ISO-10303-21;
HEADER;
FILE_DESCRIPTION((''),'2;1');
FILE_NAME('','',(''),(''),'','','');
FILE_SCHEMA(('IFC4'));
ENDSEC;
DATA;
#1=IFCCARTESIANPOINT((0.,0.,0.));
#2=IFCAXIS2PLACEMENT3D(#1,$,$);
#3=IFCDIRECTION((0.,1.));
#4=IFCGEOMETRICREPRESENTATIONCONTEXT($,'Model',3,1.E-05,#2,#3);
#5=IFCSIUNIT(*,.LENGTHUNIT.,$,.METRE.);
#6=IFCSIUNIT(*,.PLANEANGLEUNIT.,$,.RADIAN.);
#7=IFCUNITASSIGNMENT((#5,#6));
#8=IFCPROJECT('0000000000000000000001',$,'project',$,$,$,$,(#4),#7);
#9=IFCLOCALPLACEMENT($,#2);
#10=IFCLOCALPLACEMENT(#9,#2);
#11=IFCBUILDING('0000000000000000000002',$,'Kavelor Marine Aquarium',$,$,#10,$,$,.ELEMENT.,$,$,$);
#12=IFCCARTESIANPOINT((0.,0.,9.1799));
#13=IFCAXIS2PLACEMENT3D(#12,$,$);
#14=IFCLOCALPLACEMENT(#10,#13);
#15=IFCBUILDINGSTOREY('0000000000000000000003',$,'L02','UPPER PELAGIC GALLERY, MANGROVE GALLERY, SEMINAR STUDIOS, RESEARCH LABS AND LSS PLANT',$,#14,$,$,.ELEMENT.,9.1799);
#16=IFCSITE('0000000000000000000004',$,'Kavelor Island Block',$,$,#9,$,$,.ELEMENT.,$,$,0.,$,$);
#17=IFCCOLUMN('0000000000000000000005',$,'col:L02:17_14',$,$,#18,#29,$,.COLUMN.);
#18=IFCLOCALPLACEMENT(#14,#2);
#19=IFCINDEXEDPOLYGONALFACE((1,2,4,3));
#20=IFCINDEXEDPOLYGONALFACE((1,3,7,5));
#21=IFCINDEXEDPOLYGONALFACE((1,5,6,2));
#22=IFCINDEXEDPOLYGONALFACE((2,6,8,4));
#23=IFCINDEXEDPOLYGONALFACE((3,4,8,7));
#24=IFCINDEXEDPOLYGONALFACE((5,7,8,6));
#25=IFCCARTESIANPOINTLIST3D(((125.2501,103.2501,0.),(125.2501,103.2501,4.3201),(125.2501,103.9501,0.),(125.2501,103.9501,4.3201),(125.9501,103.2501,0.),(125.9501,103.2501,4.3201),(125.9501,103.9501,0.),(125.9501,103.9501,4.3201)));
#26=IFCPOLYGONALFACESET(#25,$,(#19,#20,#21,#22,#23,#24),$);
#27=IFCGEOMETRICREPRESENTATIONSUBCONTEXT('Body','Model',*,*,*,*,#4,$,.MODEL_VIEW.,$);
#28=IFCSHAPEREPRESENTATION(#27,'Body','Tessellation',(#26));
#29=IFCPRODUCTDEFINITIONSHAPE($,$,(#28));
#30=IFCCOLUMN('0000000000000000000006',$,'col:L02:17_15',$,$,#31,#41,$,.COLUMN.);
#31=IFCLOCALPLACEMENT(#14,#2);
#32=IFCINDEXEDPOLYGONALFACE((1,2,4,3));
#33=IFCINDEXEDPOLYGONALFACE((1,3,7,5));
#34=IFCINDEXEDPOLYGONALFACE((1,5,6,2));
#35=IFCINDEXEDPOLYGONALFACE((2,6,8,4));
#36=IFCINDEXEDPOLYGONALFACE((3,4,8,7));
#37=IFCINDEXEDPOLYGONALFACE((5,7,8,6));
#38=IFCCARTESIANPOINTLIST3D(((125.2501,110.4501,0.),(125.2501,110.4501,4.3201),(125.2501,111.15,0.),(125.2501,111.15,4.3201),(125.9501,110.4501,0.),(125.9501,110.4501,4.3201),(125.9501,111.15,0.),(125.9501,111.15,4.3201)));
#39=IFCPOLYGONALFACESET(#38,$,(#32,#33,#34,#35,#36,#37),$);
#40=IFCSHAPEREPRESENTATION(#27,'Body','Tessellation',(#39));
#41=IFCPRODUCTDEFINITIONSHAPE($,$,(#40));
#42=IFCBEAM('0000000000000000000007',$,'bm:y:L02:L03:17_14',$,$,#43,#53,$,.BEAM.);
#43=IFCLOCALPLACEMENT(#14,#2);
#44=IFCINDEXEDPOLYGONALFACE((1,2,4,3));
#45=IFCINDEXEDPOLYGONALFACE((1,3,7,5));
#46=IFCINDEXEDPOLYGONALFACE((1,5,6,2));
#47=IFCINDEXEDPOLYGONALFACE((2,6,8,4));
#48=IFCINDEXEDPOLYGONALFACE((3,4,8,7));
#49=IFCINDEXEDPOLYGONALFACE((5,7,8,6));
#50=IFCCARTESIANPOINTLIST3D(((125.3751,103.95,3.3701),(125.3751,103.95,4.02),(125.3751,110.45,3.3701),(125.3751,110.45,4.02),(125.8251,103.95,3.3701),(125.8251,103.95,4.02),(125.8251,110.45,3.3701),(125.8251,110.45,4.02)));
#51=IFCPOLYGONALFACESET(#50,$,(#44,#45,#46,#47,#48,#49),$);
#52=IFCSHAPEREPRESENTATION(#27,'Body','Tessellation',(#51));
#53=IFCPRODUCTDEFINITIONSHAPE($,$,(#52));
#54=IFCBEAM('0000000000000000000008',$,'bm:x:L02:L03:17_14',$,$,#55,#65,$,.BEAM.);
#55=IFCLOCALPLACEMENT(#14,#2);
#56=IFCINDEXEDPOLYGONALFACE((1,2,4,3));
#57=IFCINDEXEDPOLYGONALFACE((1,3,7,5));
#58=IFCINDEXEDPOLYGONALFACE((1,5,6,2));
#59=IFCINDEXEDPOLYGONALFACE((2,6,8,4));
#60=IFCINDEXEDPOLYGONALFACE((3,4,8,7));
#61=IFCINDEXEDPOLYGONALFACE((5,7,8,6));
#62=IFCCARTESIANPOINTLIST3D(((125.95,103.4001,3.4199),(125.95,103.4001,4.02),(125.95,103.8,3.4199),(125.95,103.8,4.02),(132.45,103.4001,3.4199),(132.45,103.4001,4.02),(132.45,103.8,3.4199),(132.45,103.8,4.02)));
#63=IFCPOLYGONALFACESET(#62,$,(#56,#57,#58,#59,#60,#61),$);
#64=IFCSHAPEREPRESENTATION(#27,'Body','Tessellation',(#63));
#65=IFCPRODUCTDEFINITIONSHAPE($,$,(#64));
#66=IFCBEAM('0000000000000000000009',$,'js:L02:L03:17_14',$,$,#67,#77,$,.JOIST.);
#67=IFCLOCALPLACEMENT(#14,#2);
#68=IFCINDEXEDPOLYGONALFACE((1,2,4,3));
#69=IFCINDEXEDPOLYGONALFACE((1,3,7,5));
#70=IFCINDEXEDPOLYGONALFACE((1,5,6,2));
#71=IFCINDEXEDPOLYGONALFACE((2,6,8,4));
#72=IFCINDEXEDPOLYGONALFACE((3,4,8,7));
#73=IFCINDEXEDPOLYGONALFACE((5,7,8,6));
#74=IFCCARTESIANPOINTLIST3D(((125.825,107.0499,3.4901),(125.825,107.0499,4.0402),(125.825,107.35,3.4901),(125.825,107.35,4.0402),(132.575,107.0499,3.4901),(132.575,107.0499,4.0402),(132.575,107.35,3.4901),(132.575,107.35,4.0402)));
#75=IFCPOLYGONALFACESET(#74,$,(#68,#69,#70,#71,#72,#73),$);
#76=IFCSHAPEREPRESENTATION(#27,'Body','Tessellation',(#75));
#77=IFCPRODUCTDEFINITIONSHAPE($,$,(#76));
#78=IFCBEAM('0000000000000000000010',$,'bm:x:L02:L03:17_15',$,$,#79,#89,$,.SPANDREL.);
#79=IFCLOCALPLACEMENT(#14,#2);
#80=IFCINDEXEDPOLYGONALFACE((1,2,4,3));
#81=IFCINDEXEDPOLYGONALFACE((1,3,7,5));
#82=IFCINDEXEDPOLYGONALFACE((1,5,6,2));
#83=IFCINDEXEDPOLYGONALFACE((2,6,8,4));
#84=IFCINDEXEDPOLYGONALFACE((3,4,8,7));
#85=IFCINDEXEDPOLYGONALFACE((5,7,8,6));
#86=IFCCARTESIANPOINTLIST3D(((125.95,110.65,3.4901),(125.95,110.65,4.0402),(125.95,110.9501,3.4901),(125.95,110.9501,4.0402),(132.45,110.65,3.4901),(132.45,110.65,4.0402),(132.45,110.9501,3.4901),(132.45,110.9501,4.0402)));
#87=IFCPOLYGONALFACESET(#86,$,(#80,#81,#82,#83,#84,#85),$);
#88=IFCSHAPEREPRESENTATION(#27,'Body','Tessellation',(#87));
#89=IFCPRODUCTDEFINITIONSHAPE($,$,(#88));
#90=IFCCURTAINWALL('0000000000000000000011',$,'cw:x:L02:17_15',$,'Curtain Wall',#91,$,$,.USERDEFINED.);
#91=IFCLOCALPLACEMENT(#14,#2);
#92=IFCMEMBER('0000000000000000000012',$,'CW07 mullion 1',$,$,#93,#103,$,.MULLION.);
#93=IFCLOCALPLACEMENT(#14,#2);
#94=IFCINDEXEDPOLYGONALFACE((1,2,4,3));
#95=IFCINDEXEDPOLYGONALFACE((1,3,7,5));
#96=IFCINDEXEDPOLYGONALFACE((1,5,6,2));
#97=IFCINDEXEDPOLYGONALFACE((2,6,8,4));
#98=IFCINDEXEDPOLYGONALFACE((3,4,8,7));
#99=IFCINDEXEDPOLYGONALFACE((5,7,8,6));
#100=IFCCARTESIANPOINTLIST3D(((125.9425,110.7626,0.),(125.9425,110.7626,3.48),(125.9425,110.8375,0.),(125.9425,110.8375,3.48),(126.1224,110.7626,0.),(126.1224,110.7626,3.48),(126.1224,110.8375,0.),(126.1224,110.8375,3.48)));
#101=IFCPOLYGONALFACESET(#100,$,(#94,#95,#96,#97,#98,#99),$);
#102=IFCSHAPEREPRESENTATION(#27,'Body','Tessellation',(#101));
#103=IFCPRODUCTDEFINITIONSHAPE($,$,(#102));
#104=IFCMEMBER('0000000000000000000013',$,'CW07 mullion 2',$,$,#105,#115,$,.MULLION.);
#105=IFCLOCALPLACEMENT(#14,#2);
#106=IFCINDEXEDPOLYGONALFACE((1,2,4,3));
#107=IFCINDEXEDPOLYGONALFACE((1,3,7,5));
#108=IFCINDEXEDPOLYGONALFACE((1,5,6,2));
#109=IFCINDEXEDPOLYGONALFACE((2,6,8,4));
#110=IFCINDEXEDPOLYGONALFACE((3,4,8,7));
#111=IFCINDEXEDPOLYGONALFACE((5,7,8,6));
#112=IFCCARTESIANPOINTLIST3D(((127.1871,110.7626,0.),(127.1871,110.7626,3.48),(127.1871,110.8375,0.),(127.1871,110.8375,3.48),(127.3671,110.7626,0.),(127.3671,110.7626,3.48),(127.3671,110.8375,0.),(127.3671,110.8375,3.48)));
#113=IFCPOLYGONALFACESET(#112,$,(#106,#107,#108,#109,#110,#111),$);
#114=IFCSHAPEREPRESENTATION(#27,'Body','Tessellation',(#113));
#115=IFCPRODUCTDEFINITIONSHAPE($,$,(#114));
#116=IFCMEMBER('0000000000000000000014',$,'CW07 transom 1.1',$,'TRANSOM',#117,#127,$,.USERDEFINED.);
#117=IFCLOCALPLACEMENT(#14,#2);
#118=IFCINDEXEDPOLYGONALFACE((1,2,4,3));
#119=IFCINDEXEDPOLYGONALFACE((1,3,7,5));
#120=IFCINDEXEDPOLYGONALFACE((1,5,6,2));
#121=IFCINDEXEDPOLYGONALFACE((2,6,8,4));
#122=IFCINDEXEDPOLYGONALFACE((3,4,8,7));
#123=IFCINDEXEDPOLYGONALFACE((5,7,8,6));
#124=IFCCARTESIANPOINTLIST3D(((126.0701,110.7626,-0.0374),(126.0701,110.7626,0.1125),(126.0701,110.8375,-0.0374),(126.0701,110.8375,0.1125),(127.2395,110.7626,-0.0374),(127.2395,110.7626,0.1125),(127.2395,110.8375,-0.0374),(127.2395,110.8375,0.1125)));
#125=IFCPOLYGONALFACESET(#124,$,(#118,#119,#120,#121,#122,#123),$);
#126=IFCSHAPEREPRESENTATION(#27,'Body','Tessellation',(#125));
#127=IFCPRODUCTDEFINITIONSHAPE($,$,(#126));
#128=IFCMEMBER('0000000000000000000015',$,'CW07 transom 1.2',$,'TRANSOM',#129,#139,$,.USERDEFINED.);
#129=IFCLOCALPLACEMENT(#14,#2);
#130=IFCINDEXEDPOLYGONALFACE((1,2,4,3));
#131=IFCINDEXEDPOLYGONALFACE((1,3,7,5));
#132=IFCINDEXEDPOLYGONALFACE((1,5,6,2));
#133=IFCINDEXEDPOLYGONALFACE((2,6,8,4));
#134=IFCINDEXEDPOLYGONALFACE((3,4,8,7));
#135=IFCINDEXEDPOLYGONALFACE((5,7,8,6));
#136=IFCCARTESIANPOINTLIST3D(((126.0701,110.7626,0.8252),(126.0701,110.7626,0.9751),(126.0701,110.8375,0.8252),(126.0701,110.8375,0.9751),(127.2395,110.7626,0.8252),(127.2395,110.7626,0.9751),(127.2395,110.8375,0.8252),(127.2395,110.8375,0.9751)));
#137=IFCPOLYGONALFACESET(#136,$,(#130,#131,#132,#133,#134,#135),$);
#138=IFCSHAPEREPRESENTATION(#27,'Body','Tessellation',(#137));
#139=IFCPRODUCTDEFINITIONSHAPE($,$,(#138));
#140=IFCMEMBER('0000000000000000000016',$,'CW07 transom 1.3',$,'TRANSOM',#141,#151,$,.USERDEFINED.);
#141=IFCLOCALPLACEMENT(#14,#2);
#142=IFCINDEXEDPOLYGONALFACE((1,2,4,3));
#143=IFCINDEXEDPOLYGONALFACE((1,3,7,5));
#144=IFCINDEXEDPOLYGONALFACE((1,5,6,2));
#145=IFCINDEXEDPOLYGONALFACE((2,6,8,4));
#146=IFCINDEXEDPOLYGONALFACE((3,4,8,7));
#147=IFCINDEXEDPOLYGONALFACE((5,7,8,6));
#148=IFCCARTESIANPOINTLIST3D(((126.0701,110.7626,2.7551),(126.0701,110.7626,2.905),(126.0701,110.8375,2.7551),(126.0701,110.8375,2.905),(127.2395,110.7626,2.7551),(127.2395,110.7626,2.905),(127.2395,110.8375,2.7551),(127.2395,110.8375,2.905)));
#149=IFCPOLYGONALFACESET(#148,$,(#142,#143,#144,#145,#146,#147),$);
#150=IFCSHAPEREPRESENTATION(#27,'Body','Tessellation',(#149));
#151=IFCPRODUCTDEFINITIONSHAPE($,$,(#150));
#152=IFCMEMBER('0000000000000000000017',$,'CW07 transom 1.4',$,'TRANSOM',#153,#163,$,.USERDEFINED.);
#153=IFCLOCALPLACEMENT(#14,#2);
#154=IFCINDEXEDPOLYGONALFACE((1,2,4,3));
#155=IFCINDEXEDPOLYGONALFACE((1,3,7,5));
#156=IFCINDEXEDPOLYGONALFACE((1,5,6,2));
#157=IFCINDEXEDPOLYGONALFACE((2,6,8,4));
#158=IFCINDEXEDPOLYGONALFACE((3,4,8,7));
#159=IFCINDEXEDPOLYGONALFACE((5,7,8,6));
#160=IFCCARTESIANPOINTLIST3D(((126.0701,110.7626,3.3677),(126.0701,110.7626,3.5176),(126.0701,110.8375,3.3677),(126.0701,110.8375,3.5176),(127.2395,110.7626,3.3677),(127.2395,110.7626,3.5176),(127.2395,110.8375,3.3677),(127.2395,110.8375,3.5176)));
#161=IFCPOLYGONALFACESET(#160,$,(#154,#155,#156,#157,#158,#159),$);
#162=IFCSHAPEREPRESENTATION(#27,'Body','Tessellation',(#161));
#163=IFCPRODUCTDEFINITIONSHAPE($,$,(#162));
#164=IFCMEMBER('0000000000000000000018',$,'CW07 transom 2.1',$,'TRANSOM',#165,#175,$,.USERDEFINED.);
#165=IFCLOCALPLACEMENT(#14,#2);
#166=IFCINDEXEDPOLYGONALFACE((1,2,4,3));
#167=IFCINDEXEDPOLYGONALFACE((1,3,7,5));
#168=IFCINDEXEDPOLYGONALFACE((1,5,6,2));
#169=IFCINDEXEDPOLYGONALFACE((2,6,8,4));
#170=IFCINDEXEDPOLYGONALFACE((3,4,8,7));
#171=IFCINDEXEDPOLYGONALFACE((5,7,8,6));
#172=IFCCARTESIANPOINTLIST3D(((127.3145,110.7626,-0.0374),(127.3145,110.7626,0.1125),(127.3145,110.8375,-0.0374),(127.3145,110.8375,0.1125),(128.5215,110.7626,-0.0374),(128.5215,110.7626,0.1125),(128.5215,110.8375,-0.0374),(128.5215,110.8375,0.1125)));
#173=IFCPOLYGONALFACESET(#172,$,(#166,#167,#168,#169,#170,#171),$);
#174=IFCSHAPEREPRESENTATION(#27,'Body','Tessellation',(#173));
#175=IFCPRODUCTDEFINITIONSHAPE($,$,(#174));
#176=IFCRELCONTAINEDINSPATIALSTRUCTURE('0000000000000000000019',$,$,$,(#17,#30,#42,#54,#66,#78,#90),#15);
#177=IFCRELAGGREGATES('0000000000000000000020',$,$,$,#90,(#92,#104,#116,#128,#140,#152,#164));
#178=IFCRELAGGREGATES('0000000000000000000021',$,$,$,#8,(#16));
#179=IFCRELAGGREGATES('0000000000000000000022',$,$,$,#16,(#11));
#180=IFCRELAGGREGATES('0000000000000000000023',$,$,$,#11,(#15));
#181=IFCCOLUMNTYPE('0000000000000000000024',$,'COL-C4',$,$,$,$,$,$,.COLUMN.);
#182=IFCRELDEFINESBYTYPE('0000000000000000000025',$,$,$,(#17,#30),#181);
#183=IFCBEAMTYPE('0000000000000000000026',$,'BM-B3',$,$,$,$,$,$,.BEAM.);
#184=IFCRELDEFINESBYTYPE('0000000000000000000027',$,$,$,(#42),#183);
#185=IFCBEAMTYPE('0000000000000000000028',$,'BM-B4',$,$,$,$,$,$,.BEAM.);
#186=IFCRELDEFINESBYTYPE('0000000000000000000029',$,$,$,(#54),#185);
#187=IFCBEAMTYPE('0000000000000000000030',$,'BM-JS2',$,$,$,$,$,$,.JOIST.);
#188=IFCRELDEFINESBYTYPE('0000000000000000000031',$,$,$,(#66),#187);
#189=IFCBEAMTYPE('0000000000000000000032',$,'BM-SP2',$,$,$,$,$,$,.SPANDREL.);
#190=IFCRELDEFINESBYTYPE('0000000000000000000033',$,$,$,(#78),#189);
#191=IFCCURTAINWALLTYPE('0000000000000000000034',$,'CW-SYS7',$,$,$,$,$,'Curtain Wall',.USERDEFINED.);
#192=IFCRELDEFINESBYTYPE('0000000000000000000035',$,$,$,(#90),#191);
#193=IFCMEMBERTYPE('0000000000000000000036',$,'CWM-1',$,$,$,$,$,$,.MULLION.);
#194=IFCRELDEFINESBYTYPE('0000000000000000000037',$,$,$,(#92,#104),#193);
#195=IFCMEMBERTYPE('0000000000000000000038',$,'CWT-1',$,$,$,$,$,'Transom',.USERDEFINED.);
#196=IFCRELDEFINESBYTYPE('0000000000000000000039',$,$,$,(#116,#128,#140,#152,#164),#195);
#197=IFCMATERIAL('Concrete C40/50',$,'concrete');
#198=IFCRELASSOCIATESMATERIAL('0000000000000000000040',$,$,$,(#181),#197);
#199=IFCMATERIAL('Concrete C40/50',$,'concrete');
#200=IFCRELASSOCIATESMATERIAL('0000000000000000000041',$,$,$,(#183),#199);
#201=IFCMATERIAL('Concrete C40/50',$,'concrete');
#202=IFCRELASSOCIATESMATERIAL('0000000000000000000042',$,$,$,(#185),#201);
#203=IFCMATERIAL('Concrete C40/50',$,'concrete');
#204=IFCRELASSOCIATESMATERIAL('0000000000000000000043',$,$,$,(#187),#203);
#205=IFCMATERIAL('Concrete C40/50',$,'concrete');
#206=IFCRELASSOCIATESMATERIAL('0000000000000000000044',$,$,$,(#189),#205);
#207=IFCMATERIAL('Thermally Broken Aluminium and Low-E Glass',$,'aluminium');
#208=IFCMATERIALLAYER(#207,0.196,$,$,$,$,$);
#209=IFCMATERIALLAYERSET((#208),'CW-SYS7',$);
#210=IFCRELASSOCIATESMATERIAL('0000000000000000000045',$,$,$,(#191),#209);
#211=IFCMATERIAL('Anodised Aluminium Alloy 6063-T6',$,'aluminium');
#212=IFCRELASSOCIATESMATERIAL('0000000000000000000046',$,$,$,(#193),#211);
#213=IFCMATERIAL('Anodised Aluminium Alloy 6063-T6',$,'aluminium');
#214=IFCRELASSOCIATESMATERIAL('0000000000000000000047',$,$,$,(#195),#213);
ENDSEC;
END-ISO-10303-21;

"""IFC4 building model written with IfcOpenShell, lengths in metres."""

from ifc_helpers import new_model, si_unit, direction, frame, origin, origin_2d, place, context, subcontext, project, spatial, rectangle, extrude, material, layer, layer_set, material_profile, profile_set, type_object, element, aggregate, save


model = new_model("IFC4")

# Units and contexts
model_context = context("Model", 3, precision=1e-05, world=origin(), true_north=direction((0.0, 1.0)))
body_context = subcontext(model_context, "Body", "Model", "MODEL_VIEW")
ifc_project = project(units=[si_unit("LENGTHUNIT", "METRE"), si_unit("PLANEANGLEUNIT", "RADIAN")], contexts=[model_context])

# Site, building, storey
site_placement = place(None, origin())
site = spatial("IfcSite", under=ifc_project, at=site_placement, Name="Kavelor Island Block", CompositionType="ELEMENT", RefElevation=0.0)
building_placement = place(site_placement, origin())
building = spatial("IfcBuilding", under=site, at=building_placement, Name="Kavelor Marine Aquarium", CompositionType="ELEMENT")
storey_placement = place(building_placement, frame((0.0, 0.0, 9.1799)))
storey = spatial("IfcBuildingStorey", under=building, at=storey_placement, Name="L02", Description="UPPER PELAGIC GALLERY, MANGROVE GALLERY, SEMINAR STUDIOS, RESEARCH LABS AND LSS PLANT", CompositionType="ELEMENT", Elevation=9.1799)

# Columns
ifc_material_1 = material(Name="Concrete C40/50", Category="concrete")
ifc_material_profile_1 = material_profile(ifc_material_1, rectangle(XDim=0.7, YDim=0.7, at=origin_2d()), Name="RC-COL 700x700")
ifc_profile_set_1 = profile_set([ifc_material_profile_1], Name="Concrete C40/50")
column_type = type_object("IfcColumnType", Name="COL-C4", PredefinedType="COLUMN", material=ifc_profile_set_1)
for number, where, z_axis, x_axis, name in (
    (1, (125.6001, 103.6001, 0.0), (0.0, 0.0, 1.0), (1.0, 0.0, 0.0), "col:L02:17_14"),
    (2, (125.6001, 110.8, 0.0), (0.0, 0.0, 1.0), (1.0, 0.0, 0.0), "col:L02:17_15"),
):
    element("IfcColumn", number, at=place(storey_placement, frame(where, z_axis=z_axis, x_axis=x_axis)), inside=storey, type_object=column_type, Name=name, PredefinedType="COLUMN", context=body_context, shape_type="SweptSolid", body=[
        extrude(rectangle(XDim=0.7, YDim=0.7, at=origin_2d()), origin(), (0.0, 0.0, 1.0), 4.3201),
    ])

# Beams
ifc_material_2 = material(Name="Concrete C40/50", Category="concrete")
ifc_material_profile_2 = material_profile(ifc_material_2, rectangle(XDim=0.45, YDim=0.6499, at=origin_2d()), Name="RC-BM 450x650")
ifc_profile_set_2 = profile_set([ifc_material_profile_2], Name="Concrete C40/50")
beam_type_1 = type_object("IfcBeamType", Name="BM-B3", PredefinedType="BEAM", material=ifc_profile_set_2)
beam_1_placement = place(storey_placement, frame((125.6001, 103.95, 3.6951), z_axis=(0.0, 1.0, 0.0), x_axis=(-1.0, 0.0, 0.0)))
element("IfcBeam", 3, at=beam_1_placement, inside=storey, type_object=beam_type_1, Name="bm:y:L02:L03:17_14", PredefinedType="BEAM", context=body_context, shape_type="SweptSolid", body=[
    extrude(rectangle(XDim=0.45, YDim=0.6499, at=origin_2d()), origin(), (0.0, 0.0, 1.0), 6.5),
])
ifc_material_3 = material(Name="Concrete C40/50", Category="concrete")
ifc_material_profile_3 = material_profile(ifc_material_3, rectangle(XDim=0.3999, YDim=0.6001, at=origin_2d()), Name="RC-BM 400x600")
ifc_profile_set_3 = profile_set([ifc_material_profile_3], Name="Concrete C40/50")
beam_type_2 = type_object("IfcBeamType", Name="BM-B4", PredefinedType="BEAM", material=ifc_profile_set_3)
beam_2_placement = place(storey_placement, frame((125.95, 103.6001, 3.72), z_axis=(1.0, 0.0, 0.0), x_axis=(0.0, 1.0, 0.0)))
element("IfcBeam", 4, at=beam_2_placement, inside=storey, type_object=beam_type_2, Name="bm:x:L02:L03:17_14", PredefinedType="BEAM", context=body_context, shape_type="SweptSolid", body=[
    extrude(rectangle(XDim=0.3999, YDim=0.6001, at=origin_2d()), origin(), (0.0, 0.0, 1.0), 6.5),
])
ifc_material_4 = material(Name="Concrete C40/50", Category="concrete")
ifc_material_profile_4 = material_profile(ifc_material_4, rectangle(XDim=0.3, YDim=0.55, at=origin_2d()), Name="RC-JS 300x550")
ifc_profile_set_4 = profile_set([ifc_material_profile_4], Name="Concrete C40/50")
beam_type_3 = type_object("IfcBeamType", Name="BM-JS2", PredefinedType="JOIST", material=ifc_profile_set_4)
beam_3_placement = place(storey_placement, frame((125.825, 107.2, 3.7651), z_axis=(1.0, 0.0, 0.0), x_axis=(0.0, 1.0, 0.0)))
element("IfcBeam", 5, at=beam_3_placement, inside=storey, type_object=beam_type_3, Name="js:L02:L03:17_14", PredefinedType="JOIST", context=body_context, shape_type="SweptSolid", body=[
    extrude(rectangle(XDim=0.3, YDim=0.55, at=origin_2d()), origin(), (0.0, 0.0, 1.0), 6.75),
])
ifc_material_5 = material(Name="Concrete C40/50", Category="concrete")
ifc_material_profile_5 = material_profile(ifc_material_5, rectangle(XDim=0.3, YDim=0.55, at=origin_2d()), Name="RC-SP 300x550")
ifc_profile_set_5 = profile_set([ifc_material_profile_5], Name="Concrete C40/50")
beam_type_4 = type_object("IfcBeamType", Name="BM-SP2", PredefinedType="SPANDREL", material=ifc_profile_set_5)
beam_4_placement = place(storey_placement, frame((125.95, 110.8, 3.7651), z_axis=(1.0, 0.0, 0.0), x_axis=(0.0, 1.0, 0.0)))
element("IfcBeam", 6, at=beam_4_placement, inside=storey, type_object=beam_type_4, Name="bm:x:L02:L03:17_15", PredefinedType="SPANDREL", context=body_context, shape_type="SweptSolid", body=[
    extrude(rectangle(XDim=0.3, YDim=0.55, at=origin_2d()), origin(), (0.0, 0.0, 1.0), 6.5),
])

# Curtain wall, members
ifc_material_6 = material(Name="Thermally Broken Aluminium and Low-E Glass", Category="aluminium")
ifc_layer_1 = layer(ifc_material_6, 0.196)
ifc_layer_set_1 = layer_set([ifc_layer_1], Name="CW-SYS7")
curtain_wall_type = type_object("IfcCurtainWallType", Name="CW-SYS7", ElementType="Curtain Wall", PredefinedType="USERDEFINED", material=ifc_layer_set_1)
curtain_wall_placement = place(storey_placement, origin())
curtain_wall = element("IfcCurtainWall", 7, at=curtain_wall_placement, inside=storey, type_object=curtain_wall_type, Name="cw:x:L02:17_15", ObjectType="Curtain Wall", PredefinedType="USERDEFINED")
ifc_material_7 = material(Name="Anodised Aluminium Alloy 6063-T6", Category="aluminium")
ifc_material_profile_6 = material_profile(ifc_material_7, rectangle(XDim=0.075, YDim=0.1799, at=origin_2d()), Name="CW-MUL 75x180")
ifc_profile_set_6 = profile_set([ifc_material_profile_6], Name="Anodised Aluminium Alloy 6063-T6")
member_type_1 = type_object("IfcMemberType", Name="CWM-1", PredefinedType="MULLION", material=ifc_profile_set_6)
member_1_placement = place(storey_placement, frame((126.0325, 110.8, 0.0), z_axis=(0.0, 0.0, 1.0), x_axis=(0.0, 1.0, 0.0)))
member_1 = element("IfcMember", 8, at=member_1_placement, type_object=member_type_1, Name="CW07 mullion 1", PredefinedType="MULLION", context=body_context, shape_type="SweptSolid", body=[
    extrude(rectangle(XDim=0.075, YDim=0.1799, at=origin_2d()), origin(), (0.0, 0.0, 1.0), 3.48),
])
member_2_placement = place(storey_placement, frame((127.2771, 110.8, 0.0), z_axis=(0.0, 0.0, 1.0), x_axis=(0.0, 1.0, 0.0)))
member_2 = element("IfcMember", 9, at=member_2_placement, type_object=member_type_1, Name="CW07 mullion 2", PredefinedType="MULLION", context=body_context, shape_type="SweptSolid", body=[
    extrude(rectangle(XDim=0.075, YDim=0.1799, at=origin_2d()), origin(), (0.0, 0.0, 1.0), 3.48),
])
ifc_material_8 = material(Name="Anodised Aluminium Alloy 6063-T6", Category="aluminium")
ifc_material_profile_7 = material_profile(ifc_material_8, rectangle(XDim=0.075, YDim=0.1499, at=origin_2d()), Name="CW-TRN 75x150")
ifc_profile_set_7 = profile_set([ifc_material_profile_7], Name="Anodised Aluminium Alloy 6063-T6")
member_type_2 = type_object("IfcMemberType", Name="CWT-1", ElementType="Transom", PredefinedType="USERDEFINED", material=ifc_profile_set_7)
member_3_placement = place(storey_placement, frame((126.0701, 110.8, 0.0376), z_axis=(1.0, 0.0, 0.0), x_axis=(0.0, 1.0, 0.0)))
member_3 = element("IfcMember", 10, at=member_3_placement, type_object=member_type_2, Name="CW07 transom 1.1", ObjectType="TRANSOM", PredefinedType="USERDEFINED", context=body_context, shape_type="SweptSolid", body=[
    extrude(rectangle(XDim=0.075, YDim=0.1499, at=origin_2d()), origin(), (0.0, 0.0, 1.0), 1.1694),
])
member_4_placement = place(storey_placement, frame((126.0701, 110.8, 0.9001), z_axis=(1.0, 0.0, 0.0), x_axis=(0.0, 1.0, 0.0)))
member_4 = element("IfcMember", 11, at=member_4_placement, type_object=member_type_2, Name="CW07 transom 1.2", ObjectType="TRANSOM", PredefinedType="USERDEFINED", context=body_context, shape_type="SweptSolid", body=[
    extrude(rectangle(XDim=0.075, YDim=0.1499, at=origin_2d()), origin(), (0.0, 0.0, 1.0), 1.1694),
])
member_5_placement = place(storey_placement, frame((126.0701, 110.8, 2.8301), z_axis=(1.0, 0.0, 0.0), x_axis=(0.0, 1.0, 0.0)))
member_5 = element("IfcMember", 12, at=member_5_placement, type_object=member_type_2, Name="CW07 transom 1.3", ObjectType="TRANSOM", PredefinedType="USERDEFINED", context=body_context, shape_type="SweptSolid", body=[
    extrude(rectangle(XDim=0.075, YDim=0.1499, at=origin_2d()), origin(), (0.0, 0.0, 1.0), 1.1694),
])
member_6_placement = place(storey_placement, frame((126.0701, 110.8, 3.4426), z_axis=(1.0, 0.0, 0.0), x_axis=(0.0, 1.0, 0.0)))
member_6 = element("IfcMember", 13, at=member_6_placement, type_object=member_type_2, Name="CW07 transom 1.4", ObjectType="TRANSOM", PredefinedType="USERDEFINED", context=body_context, shape_type="SweptSolid", body=[
    extrude(rectangle(XDim=0.075, YDim=0.1499, at=origin_2d()), origin(), (0.0, 0.0, 1.0), 1.1694),
])
member_7_placement = place(storey_placement, frame((127.3145, 110.8, 0.0376), z_axis=(1.0, 0.0, 0.0), x_axis=(0.0, 1.0, 0.0)))
member_7 = element("IfcMember", 14, at=member_7_placement, type_object=member_type_2, Name="CW07 transom 2.1", ObjectType="TRANSOM", PredefinedType="USERDEFINED", context=body_context, shape_type="SweptSolid", body=[
    extrude(rectangle(XDim=0.075, YDim=0.1499, at=origin_2d()), origin(), (0.0, 0.0, 1.0), 1.207),
])
aggregate(curtain_wall, [member_1, member_2, member_3, member_4, member_5, member_6, member_7])

save(model, "model.ifc")
